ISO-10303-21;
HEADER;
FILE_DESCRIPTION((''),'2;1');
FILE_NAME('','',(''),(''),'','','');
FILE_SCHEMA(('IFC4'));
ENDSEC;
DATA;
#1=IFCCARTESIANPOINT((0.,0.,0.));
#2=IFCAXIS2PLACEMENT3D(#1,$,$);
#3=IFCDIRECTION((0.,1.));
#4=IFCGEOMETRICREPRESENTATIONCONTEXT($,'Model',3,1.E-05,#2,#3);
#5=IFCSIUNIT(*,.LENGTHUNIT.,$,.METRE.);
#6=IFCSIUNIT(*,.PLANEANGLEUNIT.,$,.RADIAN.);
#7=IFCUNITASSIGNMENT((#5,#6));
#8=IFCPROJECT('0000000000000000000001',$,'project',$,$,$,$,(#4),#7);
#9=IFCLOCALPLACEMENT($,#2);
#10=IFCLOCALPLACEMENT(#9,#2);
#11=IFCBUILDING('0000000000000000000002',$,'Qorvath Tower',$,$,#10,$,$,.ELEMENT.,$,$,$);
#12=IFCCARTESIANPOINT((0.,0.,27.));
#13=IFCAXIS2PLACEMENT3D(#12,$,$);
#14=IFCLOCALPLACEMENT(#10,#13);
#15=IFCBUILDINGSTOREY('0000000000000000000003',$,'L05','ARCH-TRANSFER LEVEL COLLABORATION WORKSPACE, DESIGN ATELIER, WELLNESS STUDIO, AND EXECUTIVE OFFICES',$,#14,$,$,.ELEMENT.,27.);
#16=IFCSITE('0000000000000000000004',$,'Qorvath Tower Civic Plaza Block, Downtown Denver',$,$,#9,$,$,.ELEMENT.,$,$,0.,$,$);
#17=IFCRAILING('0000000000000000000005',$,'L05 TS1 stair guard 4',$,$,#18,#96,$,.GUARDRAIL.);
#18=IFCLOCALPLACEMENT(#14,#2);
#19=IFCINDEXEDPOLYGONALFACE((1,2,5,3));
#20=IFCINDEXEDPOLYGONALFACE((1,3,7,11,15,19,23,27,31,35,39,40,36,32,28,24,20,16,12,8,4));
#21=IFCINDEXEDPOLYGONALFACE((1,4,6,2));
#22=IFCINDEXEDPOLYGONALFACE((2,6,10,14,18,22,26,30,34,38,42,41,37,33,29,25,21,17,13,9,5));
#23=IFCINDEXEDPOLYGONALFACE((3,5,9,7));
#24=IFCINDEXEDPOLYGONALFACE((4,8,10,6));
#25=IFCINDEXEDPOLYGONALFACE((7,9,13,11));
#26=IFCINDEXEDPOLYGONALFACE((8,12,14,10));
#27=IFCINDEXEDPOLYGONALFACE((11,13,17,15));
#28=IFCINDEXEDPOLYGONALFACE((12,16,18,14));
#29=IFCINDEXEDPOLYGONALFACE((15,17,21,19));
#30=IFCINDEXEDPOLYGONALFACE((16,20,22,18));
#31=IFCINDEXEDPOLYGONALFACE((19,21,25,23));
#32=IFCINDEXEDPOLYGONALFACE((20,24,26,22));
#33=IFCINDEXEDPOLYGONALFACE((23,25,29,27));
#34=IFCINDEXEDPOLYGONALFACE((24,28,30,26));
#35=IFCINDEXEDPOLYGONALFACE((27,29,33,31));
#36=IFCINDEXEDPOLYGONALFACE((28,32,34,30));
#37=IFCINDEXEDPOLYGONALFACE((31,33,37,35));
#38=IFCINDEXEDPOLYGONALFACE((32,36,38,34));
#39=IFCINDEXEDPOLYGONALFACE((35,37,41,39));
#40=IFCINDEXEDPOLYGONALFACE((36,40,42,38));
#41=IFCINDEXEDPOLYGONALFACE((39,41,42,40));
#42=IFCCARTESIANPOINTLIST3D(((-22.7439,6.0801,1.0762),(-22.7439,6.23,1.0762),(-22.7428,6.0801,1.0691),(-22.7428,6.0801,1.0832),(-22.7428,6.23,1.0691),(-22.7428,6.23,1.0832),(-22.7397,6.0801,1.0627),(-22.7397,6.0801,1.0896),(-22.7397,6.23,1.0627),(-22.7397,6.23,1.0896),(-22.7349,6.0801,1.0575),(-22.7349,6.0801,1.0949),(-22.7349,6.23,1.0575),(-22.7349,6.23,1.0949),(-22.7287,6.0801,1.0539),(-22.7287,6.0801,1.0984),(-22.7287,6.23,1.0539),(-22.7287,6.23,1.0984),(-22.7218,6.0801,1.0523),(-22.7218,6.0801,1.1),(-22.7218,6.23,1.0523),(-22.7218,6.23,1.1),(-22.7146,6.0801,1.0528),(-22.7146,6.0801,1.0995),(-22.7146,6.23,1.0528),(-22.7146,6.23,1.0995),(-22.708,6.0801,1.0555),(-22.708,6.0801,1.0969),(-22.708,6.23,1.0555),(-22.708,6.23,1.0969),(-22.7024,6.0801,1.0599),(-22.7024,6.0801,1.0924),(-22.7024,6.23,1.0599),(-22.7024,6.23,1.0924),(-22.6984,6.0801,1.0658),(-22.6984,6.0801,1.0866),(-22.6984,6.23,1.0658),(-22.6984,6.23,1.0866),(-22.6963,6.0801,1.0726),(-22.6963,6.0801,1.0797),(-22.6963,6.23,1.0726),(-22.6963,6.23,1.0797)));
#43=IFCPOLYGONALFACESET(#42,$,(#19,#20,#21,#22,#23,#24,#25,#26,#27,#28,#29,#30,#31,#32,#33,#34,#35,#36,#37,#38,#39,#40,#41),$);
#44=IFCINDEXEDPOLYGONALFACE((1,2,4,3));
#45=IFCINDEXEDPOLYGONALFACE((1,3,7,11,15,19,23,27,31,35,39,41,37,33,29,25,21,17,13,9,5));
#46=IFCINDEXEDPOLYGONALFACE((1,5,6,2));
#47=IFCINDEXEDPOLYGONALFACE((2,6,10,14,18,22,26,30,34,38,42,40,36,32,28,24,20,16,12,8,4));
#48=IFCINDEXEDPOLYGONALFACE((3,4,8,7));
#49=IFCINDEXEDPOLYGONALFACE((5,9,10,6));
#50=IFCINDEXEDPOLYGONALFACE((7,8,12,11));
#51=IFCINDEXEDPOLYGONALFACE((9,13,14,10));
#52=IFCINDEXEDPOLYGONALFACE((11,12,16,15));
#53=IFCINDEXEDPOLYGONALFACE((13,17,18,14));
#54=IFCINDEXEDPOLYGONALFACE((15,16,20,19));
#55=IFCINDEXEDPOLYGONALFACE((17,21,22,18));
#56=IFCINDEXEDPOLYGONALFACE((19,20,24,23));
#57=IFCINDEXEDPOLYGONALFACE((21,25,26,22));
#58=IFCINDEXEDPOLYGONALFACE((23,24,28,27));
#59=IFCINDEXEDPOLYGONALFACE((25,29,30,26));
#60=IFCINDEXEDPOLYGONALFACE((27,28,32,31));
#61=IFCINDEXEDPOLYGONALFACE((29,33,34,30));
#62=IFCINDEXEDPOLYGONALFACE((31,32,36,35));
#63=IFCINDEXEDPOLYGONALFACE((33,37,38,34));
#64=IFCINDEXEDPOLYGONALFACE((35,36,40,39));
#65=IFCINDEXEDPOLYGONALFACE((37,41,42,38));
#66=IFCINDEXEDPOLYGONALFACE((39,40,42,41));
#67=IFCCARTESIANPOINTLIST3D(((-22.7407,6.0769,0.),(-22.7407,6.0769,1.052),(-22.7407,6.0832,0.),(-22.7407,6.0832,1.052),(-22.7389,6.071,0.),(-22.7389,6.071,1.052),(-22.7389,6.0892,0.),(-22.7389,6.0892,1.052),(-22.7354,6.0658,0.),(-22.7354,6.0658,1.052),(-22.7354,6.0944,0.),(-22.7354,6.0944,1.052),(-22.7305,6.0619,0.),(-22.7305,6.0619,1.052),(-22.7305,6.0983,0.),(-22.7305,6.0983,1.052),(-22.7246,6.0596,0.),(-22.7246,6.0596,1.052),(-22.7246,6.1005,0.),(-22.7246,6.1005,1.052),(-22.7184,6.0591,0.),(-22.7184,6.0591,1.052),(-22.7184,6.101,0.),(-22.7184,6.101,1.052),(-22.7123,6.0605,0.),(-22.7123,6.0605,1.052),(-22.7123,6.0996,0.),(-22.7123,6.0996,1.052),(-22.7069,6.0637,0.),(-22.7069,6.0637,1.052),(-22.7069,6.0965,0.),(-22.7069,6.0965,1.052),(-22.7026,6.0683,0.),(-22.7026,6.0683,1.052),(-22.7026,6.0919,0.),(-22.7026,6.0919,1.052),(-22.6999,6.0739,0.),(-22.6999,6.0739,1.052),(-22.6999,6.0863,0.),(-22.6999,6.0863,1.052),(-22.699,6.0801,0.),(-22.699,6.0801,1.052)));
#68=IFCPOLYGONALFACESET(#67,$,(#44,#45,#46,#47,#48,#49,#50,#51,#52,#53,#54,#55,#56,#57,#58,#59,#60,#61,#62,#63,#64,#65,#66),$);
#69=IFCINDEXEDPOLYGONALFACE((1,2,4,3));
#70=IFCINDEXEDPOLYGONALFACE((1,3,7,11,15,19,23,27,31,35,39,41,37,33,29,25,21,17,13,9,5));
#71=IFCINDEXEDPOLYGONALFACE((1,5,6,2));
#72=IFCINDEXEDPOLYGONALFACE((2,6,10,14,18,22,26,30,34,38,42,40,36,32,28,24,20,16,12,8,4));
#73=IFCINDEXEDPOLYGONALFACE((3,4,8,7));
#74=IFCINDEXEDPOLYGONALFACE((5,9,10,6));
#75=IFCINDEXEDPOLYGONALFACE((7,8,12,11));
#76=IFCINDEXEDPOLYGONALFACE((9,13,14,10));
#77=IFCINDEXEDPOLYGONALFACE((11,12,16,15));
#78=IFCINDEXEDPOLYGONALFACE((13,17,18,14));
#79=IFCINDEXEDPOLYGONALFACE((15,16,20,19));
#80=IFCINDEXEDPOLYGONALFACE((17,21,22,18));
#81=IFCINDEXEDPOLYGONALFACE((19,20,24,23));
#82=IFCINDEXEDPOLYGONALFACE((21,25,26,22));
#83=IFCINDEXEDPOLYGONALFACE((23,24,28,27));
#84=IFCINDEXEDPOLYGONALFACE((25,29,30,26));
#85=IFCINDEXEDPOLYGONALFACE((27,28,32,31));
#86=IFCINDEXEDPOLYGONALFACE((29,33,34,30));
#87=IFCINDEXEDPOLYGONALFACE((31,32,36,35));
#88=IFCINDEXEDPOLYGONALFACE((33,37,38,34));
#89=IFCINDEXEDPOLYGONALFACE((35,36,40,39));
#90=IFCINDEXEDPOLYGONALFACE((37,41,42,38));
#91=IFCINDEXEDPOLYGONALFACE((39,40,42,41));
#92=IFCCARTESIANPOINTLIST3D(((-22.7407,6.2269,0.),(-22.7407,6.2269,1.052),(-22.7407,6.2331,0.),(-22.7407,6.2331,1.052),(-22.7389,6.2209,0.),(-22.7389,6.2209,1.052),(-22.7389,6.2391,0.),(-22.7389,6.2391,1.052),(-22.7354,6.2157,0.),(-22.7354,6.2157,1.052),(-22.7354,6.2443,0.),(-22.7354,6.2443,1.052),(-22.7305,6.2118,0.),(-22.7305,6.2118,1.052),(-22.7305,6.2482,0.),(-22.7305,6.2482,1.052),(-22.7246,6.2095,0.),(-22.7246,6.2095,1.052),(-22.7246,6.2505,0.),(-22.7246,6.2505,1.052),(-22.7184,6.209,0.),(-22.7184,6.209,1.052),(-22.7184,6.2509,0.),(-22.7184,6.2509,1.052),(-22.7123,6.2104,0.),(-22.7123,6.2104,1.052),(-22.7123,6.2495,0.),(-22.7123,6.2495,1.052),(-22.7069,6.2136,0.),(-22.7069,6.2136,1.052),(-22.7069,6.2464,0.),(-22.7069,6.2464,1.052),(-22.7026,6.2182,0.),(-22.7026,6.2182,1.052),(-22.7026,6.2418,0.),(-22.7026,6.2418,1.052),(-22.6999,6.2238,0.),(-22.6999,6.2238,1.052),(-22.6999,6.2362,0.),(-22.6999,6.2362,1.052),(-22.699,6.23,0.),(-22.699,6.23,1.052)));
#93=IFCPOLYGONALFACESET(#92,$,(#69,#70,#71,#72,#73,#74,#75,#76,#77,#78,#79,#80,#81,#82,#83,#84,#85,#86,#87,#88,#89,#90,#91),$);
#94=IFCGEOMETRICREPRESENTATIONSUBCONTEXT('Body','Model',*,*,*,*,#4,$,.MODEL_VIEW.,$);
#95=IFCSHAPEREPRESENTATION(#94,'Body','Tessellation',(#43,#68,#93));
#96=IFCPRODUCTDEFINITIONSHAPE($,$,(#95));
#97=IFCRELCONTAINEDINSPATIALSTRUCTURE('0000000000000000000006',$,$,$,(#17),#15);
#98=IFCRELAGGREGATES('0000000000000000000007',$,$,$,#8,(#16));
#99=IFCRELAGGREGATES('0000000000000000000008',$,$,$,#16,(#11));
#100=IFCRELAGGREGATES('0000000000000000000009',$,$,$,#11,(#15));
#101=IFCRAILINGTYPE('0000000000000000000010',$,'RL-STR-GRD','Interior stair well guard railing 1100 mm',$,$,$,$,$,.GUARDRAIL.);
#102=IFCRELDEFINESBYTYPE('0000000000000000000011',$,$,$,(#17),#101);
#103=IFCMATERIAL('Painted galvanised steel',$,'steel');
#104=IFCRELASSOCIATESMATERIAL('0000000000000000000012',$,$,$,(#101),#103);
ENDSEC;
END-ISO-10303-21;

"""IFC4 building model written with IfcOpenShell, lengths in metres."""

from ifc_helpers import new_model, si_unit, direction, frame, origin, origin_2d, place, context, subcontext, project, spatial, circle, extrude, material, type_object, element, save


model = new_model("IFC4")

# Units and contexts
model_context = context("Model", 3, precision=1e-05, world=origin(), true_north=direction((0.0, 1.0)))
body_context = subcontext(model_context, "Body", "Model", "MODEL_VIEW")
ifc_project = project(units=[si_unit("LENGTHUNIT", "METRE"), si_unit("PLANEANGLEUNIT", "RADIAN")], contexts=[model_context])

# Site, building, storey
site_placement = place(None, origin())
site = spatial("IfcSite", under=ifc_project, at=site_placement, Name="Qorvath Tower Civic Plaza Block, Downtown Denver", CompositionType="ELEMENT", RefElevation=0.0)
building_placement = place(site_placement, origin())
building = spatial("IfcBuilding", under=site, at=building_placement, Name="Qorvath Tower", CompositionType="ELEMENT")
storey_placement = place(building_placement, frame((0.0, 0.0, 27.0)))
storey = spatial("IfcBuildingStorey", under=building, at=storey_placement, Name="L05", Description="ARCH-TRANSFER LEVEL COLLABORATION WORKSPACE, DESIGN ATELIER, WELLNESS STUDIO, AND EXECUTIVE OFFICES", CompositionType="ELEMENT", Elevation=27.0)

# Railing
ifc_material_1 = material(Name="Painted galvanised steel", Category="steel")
railing_type_1 = type_object("IfcRailingType", Name="RL-STR-GRD", Description="Interior stair well guard railing 1100 mm", PredefinedType="GUARDRAIL", material=ifc_material_1)
railing_1_placement = place(storey_placement, frame((-22.72, 6.0801, 0.0)))
element("IfcRailing", 1, at=railing_1_placement, inside=storey, type_object=railing_type_1, Name="L05 TS1 stair guard 4", PredefinedType="GUARDRAIL", context=body_context, shape_type="SweptSolid", body=[
    extrude(circle(Radius=0.0239, at=origin_2d()), frame((0.0, 0.0, 1.0762), z_axis=(0.0, 1.0, 0.0), x_axis=(-1.0, 0.0, 0.0)), (0.0, 0.0, 1.0), 0.1499),
    extrude(circle(Radius=0.021, at=origin_2d()), origin(), (0.0, 0.0, 1.0), 1.052),
    extrude(circle(Radius=0.021, at=origin_2d()), frame((0.0, 0.1499, 0.0)), (0.0, 0.0, 1.0), 1.052),
])

save(model, "model.ifc")
